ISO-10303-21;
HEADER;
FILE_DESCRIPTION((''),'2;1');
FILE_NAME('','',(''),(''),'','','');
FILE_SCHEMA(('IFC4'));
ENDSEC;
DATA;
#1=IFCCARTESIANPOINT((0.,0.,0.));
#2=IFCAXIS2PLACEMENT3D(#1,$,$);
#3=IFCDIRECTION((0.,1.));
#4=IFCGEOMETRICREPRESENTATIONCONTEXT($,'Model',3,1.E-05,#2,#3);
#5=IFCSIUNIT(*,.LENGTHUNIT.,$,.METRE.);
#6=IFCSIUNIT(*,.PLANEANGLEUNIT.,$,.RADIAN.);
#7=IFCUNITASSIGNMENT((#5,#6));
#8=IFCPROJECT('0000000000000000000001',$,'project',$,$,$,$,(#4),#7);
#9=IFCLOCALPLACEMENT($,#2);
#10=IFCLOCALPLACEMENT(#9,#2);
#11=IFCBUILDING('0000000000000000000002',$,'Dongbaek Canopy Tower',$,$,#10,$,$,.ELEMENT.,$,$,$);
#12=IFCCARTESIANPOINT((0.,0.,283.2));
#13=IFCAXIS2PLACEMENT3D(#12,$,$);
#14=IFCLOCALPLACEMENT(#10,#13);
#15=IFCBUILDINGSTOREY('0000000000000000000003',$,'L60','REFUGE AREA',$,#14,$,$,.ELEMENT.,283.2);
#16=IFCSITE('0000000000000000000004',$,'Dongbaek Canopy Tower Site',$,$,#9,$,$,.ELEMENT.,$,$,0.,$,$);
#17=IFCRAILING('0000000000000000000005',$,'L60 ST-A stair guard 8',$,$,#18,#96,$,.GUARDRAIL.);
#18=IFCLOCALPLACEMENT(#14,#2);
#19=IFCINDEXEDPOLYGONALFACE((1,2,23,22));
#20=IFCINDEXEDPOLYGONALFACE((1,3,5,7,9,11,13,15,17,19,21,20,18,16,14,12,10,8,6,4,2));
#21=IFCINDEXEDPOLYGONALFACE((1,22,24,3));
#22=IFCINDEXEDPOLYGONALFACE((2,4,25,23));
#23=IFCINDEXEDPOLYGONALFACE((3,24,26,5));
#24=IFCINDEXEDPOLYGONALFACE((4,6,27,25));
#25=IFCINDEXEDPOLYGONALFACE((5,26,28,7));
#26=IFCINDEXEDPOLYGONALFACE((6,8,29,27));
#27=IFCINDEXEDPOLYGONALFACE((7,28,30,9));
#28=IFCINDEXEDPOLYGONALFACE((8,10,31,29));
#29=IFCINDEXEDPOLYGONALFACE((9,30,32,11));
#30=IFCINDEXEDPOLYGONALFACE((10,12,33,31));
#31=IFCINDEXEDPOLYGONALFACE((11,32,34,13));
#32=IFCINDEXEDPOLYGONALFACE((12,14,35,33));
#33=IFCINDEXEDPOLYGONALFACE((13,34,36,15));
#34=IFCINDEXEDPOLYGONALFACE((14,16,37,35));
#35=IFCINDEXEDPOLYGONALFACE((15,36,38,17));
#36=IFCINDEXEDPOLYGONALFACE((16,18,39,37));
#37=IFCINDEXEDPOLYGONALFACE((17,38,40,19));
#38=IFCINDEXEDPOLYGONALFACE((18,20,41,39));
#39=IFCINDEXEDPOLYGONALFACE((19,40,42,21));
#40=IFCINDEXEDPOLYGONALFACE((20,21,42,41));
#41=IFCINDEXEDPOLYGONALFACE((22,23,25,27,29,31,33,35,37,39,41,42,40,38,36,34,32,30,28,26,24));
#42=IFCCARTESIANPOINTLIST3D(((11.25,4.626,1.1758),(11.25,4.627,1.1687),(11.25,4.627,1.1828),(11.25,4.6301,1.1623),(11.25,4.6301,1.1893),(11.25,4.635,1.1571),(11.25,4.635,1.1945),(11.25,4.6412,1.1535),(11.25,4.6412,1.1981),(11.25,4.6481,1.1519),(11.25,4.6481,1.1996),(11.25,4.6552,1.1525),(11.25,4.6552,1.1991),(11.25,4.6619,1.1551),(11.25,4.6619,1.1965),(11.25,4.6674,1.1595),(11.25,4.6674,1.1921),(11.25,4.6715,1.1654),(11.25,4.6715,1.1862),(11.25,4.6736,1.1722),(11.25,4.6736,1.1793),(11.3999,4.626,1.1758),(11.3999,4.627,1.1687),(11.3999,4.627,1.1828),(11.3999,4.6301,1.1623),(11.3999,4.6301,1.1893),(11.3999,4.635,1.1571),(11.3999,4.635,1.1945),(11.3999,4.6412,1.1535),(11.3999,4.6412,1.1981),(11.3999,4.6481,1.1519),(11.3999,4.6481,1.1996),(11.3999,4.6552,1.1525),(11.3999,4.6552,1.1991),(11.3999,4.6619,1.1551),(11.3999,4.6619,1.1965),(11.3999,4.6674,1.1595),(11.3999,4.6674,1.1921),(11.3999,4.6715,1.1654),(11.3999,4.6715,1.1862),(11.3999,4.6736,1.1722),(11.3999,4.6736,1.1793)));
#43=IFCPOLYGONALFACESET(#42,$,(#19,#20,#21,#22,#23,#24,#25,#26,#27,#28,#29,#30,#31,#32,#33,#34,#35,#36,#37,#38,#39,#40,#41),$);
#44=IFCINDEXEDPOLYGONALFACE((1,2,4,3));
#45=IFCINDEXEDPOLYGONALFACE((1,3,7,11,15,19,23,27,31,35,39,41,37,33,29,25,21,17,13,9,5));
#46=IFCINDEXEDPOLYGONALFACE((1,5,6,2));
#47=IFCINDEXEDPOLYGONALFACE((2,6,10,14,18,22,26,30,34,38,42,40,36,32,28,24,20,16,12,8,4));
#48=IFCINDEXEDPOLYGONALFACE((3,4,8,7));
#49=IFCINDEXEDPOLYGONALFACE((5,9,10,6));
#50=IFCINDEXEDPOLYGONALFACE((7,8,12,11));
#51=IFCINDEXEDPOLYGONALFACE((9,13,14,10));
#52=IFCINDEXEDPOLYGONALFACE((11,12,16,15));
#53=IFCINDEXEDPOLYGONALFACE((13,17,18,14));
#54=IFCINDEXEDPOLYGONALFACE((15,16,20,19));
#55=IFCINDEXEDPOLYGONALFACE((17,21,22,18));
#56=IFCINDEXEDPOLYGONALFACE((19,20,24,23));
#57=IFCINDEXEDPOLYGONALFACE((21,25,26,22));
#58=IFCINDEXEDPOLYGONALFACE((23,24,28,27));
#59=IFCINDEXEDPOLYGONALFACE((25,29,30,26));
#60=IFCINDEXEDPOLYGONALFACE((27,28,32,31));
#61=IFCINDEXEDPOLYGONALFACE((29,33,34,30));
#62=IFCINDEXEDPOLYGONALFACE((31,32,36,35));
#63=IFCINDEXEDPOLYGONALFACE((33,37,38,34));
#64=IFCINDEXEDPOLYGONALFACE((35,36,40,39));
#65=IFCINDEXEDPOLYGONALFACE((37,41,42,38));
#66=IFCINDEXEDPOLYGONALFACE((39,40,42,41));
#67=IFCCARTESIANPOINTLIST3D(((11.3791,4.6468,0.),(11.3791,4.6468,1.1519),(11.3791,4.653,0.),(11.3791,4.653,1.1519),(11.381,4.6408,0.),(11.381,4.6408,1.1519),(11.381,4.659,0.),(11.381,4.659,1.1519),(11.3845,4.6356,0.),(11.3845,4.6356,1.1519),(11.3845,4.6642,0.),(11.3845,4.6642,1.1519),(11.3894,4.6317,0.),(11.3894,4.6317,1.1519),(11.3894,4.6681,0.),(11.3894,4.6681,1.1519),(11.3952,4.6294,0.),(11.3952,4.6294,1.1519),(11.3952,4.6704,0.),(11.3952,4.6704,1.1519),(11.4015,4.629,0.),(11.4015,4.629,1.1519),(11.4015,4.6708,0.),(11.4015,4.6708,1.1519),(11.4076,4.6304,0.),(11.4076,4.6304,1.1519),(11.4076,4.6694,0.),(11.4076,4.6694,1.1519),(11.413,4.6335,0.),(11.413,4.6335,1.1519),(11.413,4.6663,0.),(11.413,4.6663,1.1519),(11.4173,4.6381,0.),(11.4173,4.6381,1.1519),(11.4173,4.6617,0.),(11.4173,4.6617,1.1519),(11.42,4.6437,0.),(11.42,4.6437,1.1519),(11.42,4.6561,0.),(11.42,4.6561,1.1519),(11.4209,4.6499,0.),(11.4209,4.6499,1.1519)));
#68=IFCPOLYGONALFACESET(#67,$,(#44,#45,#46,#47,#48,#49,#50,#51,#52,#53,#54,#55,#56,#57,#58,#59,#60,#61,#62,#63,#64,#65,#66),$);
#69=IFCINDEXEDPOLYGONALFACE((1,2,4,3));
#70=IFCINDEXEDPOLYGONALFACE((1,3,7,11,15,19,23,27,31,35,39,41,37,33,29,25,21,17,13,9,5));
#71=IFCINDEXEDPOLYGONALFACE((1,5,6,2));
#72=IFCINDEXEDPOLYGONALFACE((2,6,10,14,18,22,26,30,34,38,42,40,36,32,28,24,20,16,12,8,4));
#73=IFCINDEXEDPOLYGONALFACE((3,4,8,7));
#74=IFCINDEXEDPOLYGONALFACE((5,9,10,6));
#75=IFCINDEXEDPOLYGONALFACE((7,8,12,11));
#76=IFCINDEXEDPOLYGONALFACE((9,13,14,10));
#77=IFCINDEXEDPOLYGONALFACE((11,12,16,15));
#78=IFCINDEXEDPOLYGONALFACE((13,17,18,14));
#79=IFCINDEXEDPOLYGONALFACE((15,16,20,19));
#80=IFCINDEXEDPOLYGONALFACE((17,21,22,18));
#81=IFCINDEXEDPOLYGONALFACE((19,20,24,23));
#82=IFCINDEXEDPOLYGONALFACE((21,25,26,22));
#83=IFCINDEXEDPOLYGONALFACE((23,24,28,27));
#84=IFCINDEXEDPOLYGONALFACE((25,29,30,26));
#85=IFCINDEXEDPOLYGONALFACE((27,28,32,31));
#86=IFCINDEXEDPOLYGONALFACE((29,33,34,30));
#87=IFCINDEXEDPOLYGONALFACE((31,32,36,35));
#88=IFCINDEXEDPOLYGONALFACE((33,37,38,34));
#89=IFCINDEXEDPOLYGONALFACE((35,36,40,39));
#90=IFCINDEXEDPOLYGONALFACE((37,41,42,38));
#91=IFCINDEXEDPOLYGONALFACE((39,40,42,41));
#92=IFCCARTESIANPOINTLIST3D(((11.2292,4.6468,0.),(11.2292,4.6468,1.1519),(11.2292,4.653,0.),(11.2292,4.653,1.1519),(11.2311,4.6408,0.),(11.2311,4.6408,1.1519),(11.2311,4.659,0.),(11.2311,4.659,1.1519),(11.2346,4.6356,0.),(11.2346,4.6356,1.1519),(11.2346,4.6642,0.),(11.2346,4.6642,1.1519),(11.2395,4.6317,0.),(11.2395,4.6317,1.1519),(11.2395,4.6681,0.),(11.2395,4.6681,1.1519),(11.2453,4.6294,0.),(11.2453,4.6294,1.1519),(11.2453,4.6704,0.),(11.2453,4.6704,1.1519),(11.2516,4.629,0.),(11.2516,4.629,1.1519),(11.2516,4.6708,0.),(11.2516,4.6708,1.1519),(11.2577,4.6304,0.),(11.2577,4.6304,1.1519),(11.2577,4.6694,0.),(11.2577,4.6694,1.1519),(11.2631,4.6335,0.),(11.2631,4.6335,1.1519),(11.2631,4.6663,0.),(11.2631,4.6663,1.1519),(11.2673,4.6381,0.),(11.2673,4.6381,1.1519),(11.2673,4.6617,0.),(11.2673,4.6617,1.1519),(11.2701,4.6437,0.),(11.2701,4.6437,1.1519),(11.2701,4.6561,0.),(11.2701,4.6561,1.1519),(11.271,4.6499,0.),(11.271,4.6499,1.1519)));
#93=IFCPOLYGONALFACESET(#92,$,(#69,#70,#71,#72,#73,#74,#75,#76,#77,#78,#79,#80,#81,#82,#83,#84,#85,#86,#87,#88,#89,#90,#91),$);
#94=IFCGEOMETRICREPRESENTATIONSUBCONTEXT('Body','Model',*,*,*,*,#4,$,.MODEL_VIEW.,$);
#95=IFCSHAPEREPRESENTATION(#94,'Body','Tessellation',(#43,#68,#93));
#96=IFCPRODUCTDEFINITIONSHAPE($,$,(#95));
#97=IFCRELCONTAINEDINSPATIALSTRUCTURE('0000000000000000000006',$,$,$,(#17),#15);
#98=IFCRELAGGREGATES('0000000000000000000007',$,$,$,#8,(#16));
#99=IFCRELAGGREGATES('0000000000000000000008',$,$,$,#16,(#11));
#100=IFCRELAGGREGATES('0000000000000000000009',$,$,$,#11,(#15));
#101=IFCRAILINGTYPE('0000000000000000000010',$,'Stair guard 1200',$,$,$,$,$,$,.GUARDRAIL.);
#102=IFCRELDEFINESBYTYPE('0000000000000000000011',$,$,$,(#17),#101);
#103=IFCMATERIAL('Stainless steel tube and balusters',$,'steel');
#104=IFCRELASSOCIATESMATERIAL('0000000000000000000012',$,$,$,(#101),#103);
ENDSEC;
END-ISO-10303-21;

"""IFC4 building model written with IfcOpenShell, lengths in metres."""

from ifc_helpers import new_model, si_unit, direction, frame, origin, origin_2d, place, context, subcontext, project, spatial, circle, extrude, material, type_object, element, save


model = new_model("IFC4")

# Units and contexts
model_context = context("Model", 3, precision=1e-05, world=origin(), true_north=direction((0.0, 1.0)))
body_context = subcontext(model_context, "Body", "Model", "MODEL_VIEW")
ifc_project = project(units=[si_unit("LENGTHUNIT", "METRE"), si_unit("PLANEANGLEUNIT", "RADIAN")], contexts=[model_context])

# Site, building, storey
site_placement = place(None, origin())
site = spatial("IfcSite", under=ifc_project, at=site_placement, Name="Dongbaek Canopy Tower Site", CompositionType="ELEMENT", RefElevation=0.0)
building_placement = place(site_placement, origin())
building = spatial("IfcBuilding", under=site, at=building_placement, Name="Dongbaek Canopy Tower", CompositionType="ELEMENT")
storey_placement = place(building_placement, frame((0.0, 0.0, 283.2)))
storey = spatial("IfcBuildingStorey", under=building, at=storey_placement, Name="L60", Description="REFUGE AREA", CompositionType="ELEMENT", Elevation=283.2)

# Railing
ifc_material_1 = material(Name="Stainless steel tube and balusters", Category="steel")
railing_type_1 = type_object("IfcRailingType", Name="Stair guard 1200", PredefinedType="GUARDRAIL", material=ifc_material_1)
railing_1_placement = place(storey_placement, frame((11.3999, 4.6499, 0.0)))
element("IfcRailing", 1, at=railing_1_placement, inside=storey, type_object=railing_type_1, Name="L60 ST-A stair guard 8", PredefinedType="GUARDRAIL", context=body_context, shape_type="SweptSolid", body=[
    extrude(circle(Radius=0.0239, at=origin_2d()), frame((0.0, 0.0, 1.1758), z_axis=(-1.0, 0.0, 0.0), x_axis=(0.0, -1.0, 0.0)), (0.0, 0.0, 1.0), 0.1499),
    extrude(circle(Radius=0.021, at=origin_2d()), origin(), (0.0, 0.0, 1.0), 1.1519),
    extrude(circle(Radius=0.021, at=origin_2d()), frame((-0.1499, 0.0, 0.0)), (0.0, 0.0, 1.0), 1.1519),
])

save(model, "model.ifc")
